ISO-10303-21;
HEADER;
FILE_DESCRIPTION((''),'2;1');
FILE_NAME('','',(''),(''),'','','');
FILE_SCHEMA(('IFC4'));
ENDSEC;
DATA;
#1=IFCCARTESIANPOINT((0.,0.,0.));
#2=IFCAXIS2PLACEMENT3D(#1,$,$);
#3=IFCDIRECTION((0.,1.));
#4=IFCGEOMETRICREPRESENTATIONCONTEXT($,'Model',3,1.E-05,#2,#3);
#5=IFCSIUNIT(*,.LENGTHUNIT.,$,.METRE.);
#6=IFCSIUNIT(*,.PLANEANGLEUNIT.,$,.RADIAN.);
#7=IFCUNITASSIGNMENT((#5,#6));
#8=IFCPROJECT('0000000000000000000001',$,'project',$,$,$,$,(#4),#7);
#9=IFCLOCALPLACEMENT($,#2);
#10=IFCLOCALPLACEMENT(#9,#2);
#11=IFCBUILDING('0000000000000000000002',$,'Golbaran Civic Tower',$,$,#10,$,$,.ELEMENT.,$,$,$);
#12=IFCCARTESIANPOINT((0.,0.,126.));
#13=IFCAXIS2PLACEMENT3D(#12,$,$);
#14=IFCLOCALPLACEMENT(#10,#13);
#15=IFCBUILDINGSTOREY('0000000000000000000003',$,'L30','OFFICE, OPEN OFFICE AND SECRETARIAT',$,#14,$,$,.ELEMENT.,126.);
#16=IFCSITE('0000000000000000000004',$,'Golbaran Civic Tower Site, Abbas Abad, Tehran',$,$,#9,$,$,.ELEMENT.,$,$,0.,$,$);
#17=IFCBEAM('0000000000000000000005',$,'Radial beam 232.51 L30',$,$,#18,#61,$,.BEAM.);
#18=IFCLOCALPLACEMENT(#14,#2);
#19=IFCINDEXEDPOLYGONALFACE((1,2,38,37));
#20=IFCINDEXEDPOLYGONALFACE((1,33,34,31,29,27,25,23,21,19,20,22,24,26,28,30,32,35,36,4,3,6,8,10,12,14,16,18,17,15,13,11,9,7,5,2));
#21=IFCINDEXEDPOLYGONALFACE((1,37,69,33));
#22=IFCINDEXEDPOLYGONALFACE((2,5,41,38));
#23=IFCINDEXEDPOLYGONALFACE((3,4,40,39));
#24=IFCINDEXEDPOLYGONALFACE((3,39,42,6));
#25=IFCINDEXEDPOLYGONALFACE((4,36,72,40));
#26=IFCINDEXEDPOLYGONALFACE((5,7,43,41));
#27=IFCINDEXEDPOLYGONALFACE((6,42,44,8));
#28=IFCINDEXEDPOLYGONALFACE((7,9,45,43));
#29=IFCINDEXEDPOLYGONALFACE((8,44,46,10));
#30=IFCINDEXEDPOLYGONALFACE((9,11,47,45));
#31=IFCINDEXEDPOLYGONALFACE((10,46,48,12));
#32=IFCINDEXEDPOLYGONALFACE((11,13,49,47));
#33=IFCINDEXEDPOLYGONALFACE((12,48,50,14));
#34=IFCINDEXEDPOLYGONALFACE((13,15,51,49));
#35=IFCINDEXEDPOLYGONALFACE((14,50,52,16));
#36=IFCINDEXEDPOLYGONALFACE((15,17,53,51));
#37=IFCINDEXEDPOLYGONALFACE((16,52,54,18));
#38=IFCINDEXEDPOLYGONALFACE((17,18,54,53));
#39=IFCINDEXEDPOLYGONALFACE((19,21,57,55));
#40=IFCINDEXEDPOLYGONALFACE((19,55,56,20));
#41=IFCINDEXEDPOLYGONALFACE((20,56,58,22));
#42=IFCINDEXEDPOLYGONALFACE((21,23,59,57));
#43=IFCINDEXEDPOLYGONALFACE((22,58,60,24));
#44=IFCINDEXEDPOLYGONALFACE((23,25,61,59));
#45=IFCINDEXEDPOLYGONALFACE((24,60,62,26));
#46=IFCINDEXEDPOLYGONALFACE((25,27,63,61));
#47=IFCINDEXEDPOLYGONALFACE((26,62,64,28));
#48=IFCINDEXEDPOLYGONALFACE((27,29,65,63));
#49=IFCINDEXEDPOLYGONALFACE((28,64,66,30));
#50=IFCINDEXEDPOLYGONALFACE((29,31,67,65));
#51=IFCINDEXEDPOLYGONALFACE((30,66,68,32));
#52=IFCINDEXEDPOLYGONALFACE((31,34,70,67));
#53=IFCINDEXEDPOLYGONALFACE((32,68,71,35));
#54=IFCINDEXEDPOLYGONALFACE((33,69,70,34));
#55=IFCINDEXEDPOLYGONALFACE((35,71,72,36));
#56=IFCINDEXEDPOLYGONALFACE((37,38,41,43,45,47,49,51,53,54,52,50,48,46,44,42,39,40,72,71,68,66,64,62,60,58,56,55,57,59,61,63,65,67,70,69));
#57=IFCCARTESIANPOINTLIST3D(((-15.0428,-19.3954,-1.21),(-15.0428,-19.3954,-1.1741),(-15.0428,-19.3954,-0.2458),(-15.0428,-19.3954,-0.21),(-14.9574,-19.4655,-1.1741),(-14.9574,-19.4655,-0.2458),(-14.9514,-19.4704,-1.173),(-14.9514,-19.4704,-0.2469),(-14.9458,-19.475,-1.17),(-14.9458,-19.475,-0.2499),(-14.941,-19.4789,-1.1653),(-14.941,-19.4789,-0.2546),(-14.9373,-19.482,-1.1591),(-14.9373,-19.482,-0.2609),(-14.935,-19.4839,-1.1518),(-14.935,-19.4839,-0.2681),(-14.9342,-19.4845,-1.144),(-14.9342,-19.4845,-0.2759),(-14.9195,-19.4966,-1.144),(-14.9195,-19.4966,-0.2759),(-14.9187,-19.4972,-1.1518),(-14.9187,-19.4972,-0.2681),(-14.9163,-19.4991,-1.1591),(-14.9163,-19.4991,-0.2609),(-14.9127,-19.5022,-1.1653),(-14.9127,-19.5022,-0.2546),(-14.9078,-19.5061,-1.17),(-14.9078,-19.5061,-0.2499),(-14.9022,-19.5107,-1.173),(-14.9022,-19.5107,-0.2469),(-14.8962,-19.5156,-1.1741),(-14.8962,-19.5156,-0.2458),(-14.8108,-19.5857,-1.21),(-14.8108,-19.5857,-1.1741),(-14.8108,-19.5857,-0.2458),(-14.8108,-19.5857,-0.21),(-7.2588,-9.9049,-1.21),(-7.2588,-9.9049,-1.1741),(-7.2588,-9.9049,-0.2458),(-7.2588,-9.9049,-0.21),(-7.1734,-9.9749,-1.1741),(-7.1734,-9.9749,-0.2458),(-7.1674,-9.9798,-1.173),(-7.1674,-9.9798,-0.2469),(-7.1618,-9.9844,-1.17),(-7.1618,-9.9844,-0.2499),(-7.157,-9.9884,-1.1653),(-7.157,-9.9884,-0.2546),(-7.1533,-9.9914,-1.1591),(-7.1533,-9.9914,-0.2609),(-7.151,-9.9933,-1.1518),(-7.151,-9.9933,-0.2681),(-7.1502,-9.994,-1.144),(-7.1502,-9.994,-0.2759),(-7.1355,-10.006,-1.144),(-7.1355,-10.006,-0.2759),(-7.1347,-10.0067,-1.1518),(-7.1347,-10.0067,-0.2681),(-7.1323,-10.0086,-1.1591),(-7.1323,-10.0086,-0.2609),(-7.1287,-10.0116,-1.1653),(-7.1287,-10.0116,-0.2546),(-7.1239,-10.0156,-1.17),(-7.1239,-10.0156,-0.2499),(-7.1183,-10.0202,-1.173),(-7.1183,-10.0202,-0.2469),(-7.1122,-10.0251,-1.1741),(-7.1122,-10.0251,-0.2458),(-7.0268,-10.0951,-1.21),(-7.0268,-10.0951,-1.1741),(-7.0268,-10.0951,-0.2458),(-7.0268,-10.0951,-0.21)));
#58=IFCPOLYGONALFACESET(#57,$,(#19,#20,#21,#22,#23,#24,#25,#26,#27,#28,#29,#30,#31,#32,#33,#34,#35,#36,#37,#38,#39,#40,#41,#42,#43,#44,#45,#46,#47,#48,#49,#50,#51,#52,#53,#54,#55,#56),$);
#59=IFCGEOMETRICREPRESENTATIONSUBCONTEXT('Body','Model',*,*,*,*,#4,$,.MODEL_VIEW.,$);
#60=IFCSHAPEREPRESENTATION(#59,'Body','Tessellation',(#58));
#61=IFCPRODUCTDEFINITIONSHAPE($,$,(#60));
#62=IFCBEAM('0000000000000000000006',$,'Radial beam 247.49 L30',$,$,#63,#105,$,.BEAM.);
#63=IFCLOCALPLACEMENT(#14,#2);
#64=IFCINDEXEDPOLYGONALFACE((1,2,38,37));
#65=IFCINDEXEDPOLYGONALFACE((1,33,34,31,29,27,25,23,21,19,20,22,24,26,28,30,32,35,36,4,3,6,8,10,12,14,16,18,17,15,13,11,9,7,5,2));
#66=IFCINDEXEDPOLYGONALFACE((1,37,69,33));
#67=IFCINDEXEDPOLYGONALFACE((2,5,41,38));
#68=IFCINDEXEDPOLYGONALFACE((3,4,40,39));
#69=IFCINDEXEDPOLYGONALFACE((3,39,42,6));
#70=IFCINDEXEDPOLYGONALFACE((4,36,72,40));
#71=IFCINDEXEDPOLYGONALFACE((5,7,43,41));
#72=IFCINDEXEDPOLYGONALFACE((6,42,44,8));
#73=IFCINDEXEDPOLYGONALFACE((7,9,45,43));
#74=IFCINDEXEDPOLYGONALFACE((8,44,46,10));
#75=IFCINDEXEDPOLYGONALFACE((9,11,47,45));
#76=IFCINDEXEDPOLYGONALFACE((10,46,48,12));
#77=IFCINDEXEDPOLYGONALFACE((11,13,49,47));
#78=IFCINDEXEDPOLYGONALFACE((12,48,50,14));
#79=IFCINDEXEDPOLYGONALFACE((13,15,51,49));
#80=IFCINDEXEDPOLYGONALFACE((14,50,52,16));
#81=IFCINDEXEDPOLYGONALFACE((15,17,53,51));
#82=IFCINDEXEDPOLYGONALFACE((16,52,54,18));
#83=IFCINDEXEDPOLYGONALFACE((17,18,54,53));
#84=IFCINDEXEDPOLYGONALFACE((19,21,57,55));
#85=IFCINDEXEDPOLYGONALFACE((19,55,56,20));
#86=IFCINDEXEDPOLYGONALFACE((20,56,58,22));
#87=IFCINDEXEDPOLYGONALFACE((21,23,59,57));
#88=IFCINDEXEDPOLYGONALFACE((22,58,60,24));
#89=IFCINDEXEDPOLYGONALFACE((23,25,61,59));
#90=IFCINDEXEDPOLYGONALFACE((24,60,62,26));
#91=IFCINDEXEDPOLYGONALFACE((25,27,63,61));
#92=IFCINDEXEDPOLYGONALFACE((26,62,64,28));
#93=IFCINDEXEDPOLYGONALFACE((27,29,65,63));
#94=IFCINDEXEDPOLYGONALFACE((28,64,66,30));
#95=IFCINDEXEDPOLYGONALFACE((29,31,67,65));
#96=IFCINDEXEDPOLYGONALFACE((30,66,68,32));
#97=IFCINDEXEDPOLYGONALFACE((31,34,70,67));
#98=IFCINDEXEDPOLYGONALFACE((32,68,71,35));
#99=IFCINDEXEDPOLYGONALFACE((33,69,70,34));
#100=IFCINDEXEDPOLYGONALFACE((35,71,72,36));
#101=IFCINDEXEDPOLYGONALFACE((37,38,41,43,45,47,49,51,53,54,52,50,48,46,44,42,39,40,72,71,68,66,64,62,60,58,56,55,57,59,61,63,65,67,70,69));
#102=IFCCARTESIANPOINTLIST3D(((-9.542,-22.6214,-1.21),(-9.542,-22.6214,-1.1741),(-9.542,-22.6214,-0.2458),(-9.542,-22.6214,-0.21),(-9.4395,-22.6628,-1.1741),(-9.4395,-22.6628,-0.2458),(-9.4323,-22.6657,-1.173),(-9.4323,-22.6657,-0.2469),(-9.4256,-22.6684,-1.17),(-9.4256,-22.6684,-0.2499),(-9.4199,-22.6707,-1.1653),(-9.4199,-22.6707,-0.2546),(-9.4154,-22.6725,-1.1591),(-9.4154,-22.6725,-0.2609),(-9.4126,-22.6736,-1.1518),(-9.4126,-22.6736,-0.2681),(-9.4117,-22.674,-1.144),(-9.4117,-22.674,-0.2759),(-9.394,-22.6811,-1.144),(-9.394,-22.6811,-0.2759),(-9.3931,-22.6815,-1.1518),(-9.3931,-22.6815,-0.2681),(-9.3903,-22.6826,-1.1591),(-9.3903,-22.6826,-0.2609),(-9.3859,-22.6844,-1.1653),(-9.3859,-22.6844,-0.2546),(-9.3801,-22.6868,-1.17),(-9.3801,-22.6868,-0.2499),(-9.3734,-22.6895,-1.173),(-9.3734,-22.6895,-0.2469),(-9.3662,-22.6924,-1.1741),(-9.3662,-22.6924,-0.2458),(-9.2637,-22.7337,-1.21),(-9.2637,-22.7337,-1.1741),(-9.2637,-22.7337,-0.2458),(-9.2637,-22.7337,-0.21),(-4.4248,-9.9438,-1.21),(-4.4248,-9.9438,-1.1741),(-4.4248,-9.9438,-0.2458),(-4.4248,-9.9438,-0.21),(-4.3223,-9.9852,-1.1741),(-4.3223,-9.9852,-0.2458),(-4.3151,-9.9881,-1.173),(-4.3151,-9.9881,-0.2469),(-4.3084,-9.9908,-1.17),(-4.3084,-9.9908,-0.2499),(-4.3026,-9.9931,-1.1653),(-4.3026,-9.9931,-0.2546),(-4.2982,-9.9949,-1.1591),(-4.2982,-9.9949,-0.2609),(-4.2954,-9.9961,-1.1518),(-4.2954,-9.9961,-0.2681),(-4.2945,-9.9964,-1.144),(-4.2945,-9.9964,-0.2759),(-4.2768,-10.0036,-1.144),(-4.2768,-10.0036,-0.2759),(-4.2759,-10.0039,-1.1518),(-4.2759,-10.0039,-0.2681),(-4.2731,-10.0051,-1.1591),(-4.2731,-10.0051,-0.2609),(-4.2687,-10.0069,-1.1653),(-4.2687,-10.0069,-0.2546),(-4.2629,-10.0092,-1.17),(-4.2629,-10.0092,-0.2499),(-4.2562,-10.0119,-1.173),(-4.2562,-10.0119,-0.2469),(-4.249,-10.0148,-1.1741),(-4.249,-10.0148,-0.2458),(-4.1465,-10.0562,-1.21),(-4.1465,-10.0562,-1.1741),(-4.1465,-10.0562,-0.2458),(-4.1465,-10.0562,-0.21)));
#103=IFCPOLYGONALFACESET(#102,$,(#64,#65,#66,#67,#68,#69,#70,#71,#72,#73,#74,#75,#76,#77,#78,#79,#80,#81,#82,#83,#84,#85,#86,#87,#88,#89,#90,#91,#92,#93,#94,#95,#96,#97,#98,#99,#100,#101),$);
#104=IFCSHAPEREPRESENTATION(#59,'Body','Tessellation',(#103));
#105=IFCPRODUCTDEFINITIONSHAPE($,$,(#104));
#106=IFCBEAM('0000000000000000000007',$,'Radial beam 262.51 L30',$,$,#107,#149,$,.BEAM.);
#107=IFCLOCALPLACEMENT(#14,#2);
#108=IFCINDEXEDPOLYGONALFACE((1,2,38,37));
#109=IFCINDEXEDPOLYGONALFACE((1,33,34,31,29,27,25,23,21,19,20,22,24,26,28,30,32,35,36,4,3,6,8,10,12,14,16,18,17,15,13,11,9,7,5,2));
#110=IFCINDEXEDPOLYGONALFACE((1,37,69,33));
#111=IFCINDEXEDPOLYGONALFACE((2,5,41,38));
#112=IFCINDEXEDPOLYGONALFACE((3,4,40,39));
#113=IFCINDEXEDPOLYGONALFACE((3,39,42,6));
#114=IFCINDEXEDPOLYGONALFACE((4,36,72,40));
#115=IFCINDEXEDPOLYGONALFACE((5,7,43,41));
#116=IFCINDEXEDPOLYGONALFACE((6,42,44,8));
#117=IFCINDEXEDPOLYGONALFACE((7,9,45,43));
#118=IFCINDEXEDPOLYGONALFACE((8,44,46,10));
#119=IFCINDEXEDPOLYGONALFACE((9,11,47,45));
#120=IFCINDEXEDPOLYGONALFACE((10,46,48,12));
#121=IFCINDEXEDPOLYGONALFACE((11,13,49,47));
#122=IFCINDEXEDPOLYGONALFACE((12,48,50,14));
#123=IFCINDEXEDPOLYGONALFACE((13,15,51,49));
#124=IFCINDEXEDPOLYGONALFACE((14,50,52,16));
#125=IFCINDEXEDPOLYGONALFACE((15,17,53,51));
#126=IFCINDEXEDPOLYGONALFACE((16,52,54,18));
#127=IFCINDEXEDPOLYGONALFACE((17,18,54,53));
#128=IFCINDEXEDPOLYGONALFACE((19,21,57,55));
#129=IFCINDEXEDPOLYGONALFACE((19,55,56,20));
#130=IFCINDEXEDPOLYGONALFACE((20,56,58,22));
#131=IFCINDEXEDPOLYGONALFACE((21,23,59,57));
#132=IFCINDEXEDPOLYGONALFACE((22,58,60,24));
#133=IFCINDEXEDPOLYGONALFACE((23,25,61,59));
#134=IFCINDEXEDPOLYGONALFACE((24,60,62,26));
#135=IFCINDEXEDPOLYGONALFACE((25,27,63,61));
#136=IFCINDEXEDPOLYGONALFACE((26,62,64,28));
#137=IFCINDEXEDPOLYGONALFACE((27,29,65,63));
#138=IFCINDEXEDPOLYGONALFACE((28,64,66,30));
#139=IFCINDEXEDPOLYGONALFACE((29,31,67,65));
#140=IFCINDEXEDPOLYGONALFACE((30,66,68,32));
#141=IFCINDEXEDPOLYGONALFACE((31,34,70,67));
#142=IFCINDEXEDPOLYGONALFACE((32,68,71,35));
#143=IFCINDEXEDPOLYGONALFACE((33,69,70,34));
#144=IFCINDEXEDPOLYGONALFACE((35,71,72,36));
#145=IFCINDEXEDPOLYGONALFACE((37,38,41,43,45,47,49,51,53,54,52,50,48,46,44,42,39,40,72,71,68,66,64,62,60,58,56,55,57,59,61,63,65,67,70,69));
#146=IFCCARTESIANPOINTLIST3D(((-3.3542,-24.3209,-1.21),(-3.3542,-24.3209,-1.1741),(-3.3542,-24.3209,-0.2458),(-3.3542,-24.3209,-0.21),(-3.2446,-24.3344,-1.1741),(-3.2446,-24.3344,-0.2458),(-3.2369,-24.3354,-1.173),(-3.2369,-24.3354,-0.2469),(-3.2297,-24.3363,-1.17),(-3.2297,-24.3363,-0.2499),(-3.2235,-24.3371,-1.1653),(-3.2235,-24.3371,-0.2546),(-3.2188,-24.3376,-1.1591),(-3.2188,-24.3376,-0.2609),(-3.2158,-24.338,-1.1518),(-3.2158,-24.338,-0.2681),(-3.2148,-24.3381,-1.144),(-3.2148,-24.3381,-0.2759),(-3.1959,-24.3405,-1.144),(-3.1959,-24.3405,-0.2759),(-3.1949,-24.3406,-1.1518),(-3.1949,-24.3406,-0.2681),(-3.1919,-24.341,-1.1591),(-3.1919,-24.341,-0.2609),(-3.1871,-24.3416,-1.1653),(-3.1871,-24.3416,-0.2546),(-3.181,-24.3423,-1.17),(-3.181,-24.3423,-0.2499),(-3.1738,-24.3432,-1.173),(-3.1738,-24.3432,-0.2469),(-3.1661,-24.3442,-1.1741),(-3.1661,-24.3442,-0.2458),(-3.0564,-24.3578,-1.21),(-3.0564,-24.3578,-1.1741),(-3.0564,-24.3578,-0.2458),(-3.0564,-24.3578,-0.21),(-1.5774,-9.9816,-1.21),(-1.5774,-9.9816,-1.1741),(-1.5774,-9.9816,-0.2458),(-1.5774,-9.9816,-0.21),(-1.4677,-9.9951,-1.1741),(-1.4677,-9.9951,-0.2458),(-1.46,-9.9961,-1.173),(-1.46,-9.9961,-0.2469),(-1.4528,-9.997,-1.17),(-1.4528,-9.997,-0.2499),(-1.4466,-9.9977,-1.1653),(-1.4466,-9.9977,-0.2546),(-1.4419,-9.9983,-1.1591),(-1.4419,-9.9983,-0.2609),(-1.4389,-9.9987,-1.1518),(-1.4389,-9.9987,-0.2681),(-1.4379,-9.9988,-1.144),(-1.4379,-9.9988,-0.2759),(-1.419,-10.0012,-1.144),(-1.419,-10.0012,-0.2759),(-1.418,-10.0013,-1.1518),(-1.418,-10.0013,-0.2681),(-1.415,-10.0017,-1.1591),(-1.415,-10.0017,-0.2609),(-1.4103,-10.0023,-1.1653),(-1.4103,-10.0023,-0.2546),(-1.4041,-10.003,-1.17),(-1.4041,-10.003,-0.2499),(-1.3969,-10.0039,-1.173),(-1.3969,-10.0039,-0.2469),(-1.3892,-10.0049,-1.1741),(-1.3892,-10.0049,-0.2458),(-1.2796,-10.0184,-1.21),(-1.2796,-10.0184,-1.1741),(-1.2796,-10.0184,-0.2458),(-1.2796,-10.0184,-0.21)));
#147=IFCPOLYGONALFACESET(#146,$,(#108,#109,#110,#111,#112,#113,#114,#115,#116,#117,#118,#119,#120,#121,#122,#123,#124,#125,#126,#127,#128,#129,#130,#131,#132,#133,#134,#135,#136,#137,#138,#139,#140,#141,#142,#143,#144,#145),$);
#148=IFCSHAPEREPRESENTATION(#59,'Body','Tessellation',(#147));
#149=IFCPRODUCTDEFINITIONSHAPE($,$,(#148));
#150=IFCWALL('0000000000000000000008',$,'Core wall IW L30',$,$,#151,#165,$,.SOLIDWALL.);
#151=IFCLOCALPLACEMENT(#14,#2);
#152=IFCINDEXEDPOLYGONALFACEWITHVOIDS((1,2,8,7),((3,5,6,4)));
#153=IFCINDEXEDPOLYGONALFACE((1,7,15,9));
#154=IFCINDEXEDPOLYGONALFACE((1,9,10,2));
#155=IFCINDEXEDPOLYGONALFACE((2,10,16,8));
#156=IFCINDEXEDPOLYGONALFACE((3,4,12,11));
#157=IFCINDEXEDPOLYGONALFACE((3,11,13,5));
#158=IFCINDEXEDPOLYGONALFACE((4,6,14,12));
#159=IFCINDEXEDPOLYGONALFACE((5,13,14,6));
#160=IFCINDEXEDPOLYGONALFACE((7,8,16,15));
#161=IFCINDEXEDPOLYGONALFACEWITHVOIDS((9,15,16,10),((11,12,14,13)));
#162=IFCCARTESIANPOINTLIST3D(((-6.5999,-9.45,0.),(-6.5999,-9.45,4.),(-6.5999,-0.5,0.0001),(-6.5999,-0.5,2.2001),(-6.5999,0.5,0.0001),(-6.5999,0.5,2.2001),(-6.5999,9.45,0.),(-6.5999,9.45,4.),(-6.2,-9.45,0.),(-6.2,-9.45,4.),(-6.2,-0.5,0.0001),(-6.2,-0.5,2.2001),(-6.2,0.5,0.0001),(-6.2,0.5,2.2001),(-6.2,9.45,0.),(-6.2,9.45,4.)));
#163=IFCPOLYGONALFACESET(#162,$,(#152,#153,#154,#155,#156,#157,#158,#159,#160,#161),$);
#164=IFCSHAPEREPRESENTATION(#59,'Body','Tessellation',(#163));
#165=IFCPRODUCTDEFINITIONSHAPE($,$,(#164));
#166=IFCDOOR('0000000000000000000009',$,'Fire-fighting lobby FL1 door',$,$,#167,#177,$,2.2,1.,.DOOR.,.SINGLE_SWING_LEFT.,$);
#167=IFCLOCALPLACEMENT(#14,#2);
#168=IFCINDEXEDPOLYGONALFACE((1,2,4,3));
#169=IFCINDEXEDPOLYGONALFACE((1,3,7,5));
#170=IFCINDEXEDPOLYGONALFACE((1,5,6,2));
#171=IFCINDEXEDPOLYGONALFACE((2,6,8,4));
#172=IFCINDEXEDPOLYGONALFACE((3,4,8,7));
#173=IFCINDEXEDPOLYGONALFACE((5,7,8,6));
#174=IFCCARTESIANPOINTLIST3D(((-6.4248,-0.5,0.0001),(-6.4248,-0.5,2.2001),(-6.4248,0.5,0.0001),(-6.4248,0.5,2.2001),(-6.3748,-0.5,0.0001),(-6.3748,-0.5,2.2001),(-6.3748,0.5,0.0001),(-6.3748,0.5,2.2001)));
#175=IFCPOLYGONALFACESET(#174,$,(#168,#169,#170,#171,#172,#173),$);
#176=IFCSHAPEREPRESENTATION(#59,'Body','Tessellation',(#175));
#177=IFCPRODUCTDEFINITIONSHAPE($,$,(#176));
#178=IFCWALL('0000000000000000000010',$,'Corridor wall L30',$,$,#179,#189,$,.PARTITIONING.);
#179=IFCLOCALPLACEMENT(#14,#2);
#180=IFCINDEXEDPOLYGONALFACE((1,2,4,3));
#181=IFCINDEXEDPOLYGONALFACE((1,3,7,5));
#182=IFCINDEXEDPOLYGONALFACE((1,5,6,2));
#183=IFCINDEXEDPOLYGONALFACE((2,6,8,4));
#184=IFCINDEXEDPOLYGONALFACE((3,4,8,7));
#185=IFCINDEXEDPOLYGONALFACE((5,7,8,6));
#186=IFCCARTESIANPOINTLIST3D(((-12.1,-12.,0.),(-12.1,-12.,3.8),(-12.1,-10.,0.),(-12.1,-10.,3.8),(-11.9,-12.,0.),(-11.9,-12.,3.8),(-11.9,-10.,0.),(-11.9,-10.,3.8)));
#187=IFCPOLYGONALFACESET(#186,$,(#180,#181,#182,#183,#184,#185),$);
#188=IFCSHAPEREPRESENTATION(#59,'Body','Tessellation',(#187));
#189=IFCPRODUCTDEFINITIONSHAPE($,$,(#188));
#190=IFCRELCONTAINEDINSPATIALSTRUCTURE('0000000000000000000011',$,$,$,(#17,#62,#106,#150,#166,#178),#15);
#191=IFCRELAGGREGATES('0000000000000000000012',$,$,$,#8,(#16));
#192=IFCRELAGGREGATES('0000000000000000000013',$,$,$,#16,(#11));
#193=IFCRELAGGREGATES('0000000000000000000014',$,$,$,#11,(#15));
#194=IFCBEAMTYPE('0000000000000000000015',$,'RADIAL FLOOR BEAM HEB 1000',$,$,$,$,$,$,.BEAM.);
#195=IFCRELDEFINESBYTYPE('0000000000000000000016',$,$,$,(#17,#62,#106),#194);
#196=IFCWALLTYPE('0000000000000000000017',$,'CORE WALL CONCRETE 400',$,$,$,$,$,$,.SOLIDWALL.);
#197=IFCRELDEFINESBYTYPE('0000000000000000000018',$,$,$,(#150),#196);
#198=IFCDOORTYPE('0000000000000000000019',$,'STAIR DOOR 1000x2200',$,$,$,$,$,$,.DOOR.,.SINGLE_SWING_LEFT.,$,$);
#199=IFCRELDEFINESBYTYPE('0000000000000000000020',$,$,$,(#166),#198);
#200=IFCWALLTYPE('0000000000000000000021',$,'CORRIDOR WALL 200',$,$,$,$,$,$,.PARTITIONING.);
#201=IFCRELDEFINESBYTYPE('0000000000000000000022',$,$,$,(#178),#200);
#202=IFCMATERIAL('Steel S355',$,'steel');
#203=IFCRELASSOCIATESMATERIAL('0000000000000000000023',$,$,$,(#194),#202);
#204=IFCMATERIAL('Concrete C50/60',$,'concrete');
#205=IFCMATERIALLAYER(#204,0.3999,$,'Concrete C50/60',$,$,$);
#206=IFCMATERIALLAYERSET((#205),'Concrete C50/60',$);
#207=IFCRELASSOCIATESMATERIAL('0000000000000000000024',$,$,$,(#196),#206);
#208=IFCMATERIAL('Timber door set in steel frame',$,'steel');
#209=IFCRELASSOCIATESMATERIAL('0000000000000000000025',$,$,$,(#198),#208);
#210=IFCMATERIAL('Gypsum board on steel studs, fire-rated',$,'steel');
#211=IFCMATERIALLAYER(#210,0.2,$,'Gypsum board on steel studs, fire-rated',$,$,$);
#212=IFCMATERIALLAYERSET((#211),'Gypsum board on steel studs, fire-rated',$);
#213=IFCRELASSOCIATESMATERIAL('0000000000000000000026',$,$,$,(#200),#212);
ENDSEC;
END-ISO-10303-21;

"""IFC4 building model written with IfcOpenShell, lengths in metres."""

from ifc_helpers import new_model, si_unit, direction, frame, frame_2d, origin, origin_2d, place, context, subcontext, project, spatial, rectangle, i_section, extrude, material, layer, layer_set, material_profile, profile_set, type_object, element, fill, save


model = new_model("IFC4")

# Units and contexts
model_context = context("Model", 3, precision=1e-05, world=origin(), true_north=direction((0.0, 1.0)))
body_context = subcontext(model_context, "Body", "Model", "MODEL_VIEW")
ifc_project = project(units=[si_unit("LENGTHUNIT", "METRE"), si_unit("PLANEANGLEUNIT", "RADIAN")], contexts=[model_context])

# Site, building, storey
site_placement = place(None, origin())
site = spatial("IfcSite", under=ifc_project, at=site_placement, Name="Golbaran Civic Tower Site, Abbas Abad, Tehran", CompositionType="ELEMENT", RefElevation=0.0)
building_placement = place(site_placement, origin())
building = spatial("IfcBuilding", under=site, at=building_placement, Name="Golbaran Civic Tower", CompositionType="ELEMENT")
storey_placement = place(building_placement, frame((0.0, 0.0, 126.0)))
storey = spatial("IfcBuildingStorey", under=building, at=storey_placement, Name="L30", Description="OFFICE, OPEN OFFICE AND SECRETARIAT", CompositionType="ELEMENT", Elevation=126.0)

# Beams
ifc_material_1 = material(Name="Steel S355", Category="steel")
ifc_material_profile_1 = material_profile(ifc_material_1, i_section(OverallWidth=0.3, OverallDepth=1.0, WebThickness=0.019, FlangeThickness=0.0359, FilletRadius=0.03, at=origin_2d()), Name="HEB 1000")
ifc_profile_set_1 = profile_set([ifc_material_profile_1], Name="Steel S355")
beam_type_1 = type_object("IfcBeamType", Name="RADIAL FLOOR BEAM HEB 1000", PredefinedType="BEAM", material=ifc_profile_set_1)
beam_1_placement = place(storey_placement, frame((-7.1428, -10.0, -0.71), z_axis=(-0.634165, -0.773198, 0.0), x_axis=(0.773198, -0.634165, 0.0)))
element("IfcBeam", 1, at=beam_1_placement, inside=storey, type_object=beam_type_1, Name="Radial beam 232.51 L30", PredefinedType="BEAM", context=body_context, shape_type="SweptSolid", body=[
    extrude(i_section(OverallWidth=0.3, OverallDepth=1.0, WebThickness=0.019, FlangeThickness=0.0359, FilletRadius=0.03, at=origin_2d()), origin(), (0.0, 0.0, 1.0), 12.2744),
])
beam_2_placement = place(storey_placement, frame((-4.2856, -10.0, -0.71), z_axis=(-0.374302, -0.927307, 0.0), x_axis=(0.927307, -0.374302, 0.0)))
element("IfcBeam", 2, at=beam_2_placement, inside=storey, type_object=beam_type_1, Name="Radial beam 247.49 L30", PredefinedType="BEAM", context=body_context, shape_type="SweptSolid", body=[
    extrude(i_section(OverallWidth=0.3, OverallDepth=1.0, WebThickness=0.019, FlangeThickness=0.0359, FilletRadius=0.03, at=origin_2d()), origin(), (0.0, 0.0, 1.0), 13.6714),
])
beam_3_placement = place(storey_placement, frame((-1.4285, -10.0, -0.71), z_axis=(-0.122974, -0.99241, 0.0), x_axis=(0.99241, -0.122974, 0.0)))
element("IfcBeam", 3, at=beam_3_placement, inside=storey, type_object=beam_type_1, Name="Radial beam 262.51 L30", PredefinedType="BEAM", context=body_context, shape_type="SweptSolid", body=[
    extrude(i_section(OverallWidth=0.3, OverallDepth=1.0, WebThickness=0.019, FlangeThickness=0.0359, FilletRadius=0.03, at=origin_2d()), origin(), (0.0, 0.0, 1.0), 14.449),
])

# Wall, opening, door
ifc_material_2 = material(Name="Concrete C50/60", Category="concrete")
ifc_layer_1 = layer(ifc_material_2, 0.3999, Name="Concrete C50/60")
ifc_layer_set_1 = layer_set([ifc_layer_1], Name="Concrete C50/60")
wall_type_1 = type_object("IfcWallType", Name="CORE WALL CONCRETE 400", PredefinedType="SOLIDWALL", material=ifc_layer_set_1)
wall_1_placement = place(storey_placement, frame((-6.3999, -9.45, 0.0), z_axis=(0.0, 0.0, 1.0), x_axis=(0.0, 1.0, 0.0)))
wall_1 = element("IfcWall", 4, at=wall_1_placement, inside=storey, type_object=wall_type_1, Name="Core wall IW L30", PredefinedType="SOLIDWALL", context=body_context, shape_type="SweptSolid", body=[
    extrude(rectangle(XDim=18.8999, YDim=0.3999, at=frame_2d((9.45, 0.0))), origin(), (0.0, 0.0, 1.0), 4.0),
])
opening_1_placement = place(wall_1_placement, frame((8.95, 0.0, 0.0)))
opening_1 = element("IfcOpeningElement", 5, at=opening_1_placement, cuts=wall_1, PredefinedType="OPENING", context=body_context, shape_type="SweptSolid", body=[
    extrude(rectangle(XDim=1.0, YDim=2.2, at=frame_2d((0.5, 1.1001))), frame((0.0, 0.21, 0.0), z_axis=(0.0, -1.0, 0.0), x_axis=(1.0, 0.0, 0.0)), (0.0, 0.0, 1.0), 0.4199),
])
ifc_material_3 = material(Name="Timber door set in steel frame", Category="steel")
door_type_1 = type_object("IfcDoorType", Name="STAIR DOOR 1000x2200", OperationType="SINGLE_SWING_LEFT", PredefinedType="DOOR", material=ifc_material_3)
door_1_placement = place(opening_1_placement, origin())
door_1 = element("IfcDoor", 6, at=door_1_placement, inside=storey, type_object=door_type_1, Name="Fire-fighting lobby FL1 door", OperationType="SINGLE_SWING_LEFT", OverallHeight=2.2, OverallWidth=1.0, PredefinedType="DOOR", context=body_context, shape_type="SweptSolid", body=[
    extrude(rectangle(XDim=1.0, YDim=2.2, at=frame_2d((0.5, 1.1001))), frame((0.0, 0.0249, 0.0), z_axis=(0.0, -1.0, 0.0), x_axis=(1.0, 0.0, 0.0)), (0.0, 0.0, 1.0), 0.05),
])
fill(opening_1, door_1)

# Wall
ifc_material_4 = material(Name="Gypsum board on steel studs, fire-rated", Category="steel")
ifc_layer_2 = layer(ifc_material_4, 0.2, Name="Gypsum board on steel studs, fire-rated")
ifc_layer_set_2 = layer_set([ifc_layer_2], Name="Gypsum board on steel studs, fire-rated")
wall_type_2 = type_object("IfcWallType", Name="CORRIDOR WALL 200", PredefinedType="PARTITIONING", material=ifc_layer_set_2)
wall_2_placement = place(storey_placement, frame((-12.0, -10.0, 0.0), z_axis=(0.0, 0.0, 1.0), x_axis=(0.0, -1.0, 0.0)))
element("IfcWall", 7, at=wall_2_placement, inside=storey, type_object=wall_type_2, Name="Corridor wall L30", PredefinedType="PARTITIONING", context=body_context, shape_type="SweptSolid", body=[
    extrude(rectangle(XDim=2.0, YDim=0.2, at=frame_2d((1.0, 0.0))), origin(), (0.0, 0.0, 1.0), 3.8),
])

save(model, "model.ifc")
